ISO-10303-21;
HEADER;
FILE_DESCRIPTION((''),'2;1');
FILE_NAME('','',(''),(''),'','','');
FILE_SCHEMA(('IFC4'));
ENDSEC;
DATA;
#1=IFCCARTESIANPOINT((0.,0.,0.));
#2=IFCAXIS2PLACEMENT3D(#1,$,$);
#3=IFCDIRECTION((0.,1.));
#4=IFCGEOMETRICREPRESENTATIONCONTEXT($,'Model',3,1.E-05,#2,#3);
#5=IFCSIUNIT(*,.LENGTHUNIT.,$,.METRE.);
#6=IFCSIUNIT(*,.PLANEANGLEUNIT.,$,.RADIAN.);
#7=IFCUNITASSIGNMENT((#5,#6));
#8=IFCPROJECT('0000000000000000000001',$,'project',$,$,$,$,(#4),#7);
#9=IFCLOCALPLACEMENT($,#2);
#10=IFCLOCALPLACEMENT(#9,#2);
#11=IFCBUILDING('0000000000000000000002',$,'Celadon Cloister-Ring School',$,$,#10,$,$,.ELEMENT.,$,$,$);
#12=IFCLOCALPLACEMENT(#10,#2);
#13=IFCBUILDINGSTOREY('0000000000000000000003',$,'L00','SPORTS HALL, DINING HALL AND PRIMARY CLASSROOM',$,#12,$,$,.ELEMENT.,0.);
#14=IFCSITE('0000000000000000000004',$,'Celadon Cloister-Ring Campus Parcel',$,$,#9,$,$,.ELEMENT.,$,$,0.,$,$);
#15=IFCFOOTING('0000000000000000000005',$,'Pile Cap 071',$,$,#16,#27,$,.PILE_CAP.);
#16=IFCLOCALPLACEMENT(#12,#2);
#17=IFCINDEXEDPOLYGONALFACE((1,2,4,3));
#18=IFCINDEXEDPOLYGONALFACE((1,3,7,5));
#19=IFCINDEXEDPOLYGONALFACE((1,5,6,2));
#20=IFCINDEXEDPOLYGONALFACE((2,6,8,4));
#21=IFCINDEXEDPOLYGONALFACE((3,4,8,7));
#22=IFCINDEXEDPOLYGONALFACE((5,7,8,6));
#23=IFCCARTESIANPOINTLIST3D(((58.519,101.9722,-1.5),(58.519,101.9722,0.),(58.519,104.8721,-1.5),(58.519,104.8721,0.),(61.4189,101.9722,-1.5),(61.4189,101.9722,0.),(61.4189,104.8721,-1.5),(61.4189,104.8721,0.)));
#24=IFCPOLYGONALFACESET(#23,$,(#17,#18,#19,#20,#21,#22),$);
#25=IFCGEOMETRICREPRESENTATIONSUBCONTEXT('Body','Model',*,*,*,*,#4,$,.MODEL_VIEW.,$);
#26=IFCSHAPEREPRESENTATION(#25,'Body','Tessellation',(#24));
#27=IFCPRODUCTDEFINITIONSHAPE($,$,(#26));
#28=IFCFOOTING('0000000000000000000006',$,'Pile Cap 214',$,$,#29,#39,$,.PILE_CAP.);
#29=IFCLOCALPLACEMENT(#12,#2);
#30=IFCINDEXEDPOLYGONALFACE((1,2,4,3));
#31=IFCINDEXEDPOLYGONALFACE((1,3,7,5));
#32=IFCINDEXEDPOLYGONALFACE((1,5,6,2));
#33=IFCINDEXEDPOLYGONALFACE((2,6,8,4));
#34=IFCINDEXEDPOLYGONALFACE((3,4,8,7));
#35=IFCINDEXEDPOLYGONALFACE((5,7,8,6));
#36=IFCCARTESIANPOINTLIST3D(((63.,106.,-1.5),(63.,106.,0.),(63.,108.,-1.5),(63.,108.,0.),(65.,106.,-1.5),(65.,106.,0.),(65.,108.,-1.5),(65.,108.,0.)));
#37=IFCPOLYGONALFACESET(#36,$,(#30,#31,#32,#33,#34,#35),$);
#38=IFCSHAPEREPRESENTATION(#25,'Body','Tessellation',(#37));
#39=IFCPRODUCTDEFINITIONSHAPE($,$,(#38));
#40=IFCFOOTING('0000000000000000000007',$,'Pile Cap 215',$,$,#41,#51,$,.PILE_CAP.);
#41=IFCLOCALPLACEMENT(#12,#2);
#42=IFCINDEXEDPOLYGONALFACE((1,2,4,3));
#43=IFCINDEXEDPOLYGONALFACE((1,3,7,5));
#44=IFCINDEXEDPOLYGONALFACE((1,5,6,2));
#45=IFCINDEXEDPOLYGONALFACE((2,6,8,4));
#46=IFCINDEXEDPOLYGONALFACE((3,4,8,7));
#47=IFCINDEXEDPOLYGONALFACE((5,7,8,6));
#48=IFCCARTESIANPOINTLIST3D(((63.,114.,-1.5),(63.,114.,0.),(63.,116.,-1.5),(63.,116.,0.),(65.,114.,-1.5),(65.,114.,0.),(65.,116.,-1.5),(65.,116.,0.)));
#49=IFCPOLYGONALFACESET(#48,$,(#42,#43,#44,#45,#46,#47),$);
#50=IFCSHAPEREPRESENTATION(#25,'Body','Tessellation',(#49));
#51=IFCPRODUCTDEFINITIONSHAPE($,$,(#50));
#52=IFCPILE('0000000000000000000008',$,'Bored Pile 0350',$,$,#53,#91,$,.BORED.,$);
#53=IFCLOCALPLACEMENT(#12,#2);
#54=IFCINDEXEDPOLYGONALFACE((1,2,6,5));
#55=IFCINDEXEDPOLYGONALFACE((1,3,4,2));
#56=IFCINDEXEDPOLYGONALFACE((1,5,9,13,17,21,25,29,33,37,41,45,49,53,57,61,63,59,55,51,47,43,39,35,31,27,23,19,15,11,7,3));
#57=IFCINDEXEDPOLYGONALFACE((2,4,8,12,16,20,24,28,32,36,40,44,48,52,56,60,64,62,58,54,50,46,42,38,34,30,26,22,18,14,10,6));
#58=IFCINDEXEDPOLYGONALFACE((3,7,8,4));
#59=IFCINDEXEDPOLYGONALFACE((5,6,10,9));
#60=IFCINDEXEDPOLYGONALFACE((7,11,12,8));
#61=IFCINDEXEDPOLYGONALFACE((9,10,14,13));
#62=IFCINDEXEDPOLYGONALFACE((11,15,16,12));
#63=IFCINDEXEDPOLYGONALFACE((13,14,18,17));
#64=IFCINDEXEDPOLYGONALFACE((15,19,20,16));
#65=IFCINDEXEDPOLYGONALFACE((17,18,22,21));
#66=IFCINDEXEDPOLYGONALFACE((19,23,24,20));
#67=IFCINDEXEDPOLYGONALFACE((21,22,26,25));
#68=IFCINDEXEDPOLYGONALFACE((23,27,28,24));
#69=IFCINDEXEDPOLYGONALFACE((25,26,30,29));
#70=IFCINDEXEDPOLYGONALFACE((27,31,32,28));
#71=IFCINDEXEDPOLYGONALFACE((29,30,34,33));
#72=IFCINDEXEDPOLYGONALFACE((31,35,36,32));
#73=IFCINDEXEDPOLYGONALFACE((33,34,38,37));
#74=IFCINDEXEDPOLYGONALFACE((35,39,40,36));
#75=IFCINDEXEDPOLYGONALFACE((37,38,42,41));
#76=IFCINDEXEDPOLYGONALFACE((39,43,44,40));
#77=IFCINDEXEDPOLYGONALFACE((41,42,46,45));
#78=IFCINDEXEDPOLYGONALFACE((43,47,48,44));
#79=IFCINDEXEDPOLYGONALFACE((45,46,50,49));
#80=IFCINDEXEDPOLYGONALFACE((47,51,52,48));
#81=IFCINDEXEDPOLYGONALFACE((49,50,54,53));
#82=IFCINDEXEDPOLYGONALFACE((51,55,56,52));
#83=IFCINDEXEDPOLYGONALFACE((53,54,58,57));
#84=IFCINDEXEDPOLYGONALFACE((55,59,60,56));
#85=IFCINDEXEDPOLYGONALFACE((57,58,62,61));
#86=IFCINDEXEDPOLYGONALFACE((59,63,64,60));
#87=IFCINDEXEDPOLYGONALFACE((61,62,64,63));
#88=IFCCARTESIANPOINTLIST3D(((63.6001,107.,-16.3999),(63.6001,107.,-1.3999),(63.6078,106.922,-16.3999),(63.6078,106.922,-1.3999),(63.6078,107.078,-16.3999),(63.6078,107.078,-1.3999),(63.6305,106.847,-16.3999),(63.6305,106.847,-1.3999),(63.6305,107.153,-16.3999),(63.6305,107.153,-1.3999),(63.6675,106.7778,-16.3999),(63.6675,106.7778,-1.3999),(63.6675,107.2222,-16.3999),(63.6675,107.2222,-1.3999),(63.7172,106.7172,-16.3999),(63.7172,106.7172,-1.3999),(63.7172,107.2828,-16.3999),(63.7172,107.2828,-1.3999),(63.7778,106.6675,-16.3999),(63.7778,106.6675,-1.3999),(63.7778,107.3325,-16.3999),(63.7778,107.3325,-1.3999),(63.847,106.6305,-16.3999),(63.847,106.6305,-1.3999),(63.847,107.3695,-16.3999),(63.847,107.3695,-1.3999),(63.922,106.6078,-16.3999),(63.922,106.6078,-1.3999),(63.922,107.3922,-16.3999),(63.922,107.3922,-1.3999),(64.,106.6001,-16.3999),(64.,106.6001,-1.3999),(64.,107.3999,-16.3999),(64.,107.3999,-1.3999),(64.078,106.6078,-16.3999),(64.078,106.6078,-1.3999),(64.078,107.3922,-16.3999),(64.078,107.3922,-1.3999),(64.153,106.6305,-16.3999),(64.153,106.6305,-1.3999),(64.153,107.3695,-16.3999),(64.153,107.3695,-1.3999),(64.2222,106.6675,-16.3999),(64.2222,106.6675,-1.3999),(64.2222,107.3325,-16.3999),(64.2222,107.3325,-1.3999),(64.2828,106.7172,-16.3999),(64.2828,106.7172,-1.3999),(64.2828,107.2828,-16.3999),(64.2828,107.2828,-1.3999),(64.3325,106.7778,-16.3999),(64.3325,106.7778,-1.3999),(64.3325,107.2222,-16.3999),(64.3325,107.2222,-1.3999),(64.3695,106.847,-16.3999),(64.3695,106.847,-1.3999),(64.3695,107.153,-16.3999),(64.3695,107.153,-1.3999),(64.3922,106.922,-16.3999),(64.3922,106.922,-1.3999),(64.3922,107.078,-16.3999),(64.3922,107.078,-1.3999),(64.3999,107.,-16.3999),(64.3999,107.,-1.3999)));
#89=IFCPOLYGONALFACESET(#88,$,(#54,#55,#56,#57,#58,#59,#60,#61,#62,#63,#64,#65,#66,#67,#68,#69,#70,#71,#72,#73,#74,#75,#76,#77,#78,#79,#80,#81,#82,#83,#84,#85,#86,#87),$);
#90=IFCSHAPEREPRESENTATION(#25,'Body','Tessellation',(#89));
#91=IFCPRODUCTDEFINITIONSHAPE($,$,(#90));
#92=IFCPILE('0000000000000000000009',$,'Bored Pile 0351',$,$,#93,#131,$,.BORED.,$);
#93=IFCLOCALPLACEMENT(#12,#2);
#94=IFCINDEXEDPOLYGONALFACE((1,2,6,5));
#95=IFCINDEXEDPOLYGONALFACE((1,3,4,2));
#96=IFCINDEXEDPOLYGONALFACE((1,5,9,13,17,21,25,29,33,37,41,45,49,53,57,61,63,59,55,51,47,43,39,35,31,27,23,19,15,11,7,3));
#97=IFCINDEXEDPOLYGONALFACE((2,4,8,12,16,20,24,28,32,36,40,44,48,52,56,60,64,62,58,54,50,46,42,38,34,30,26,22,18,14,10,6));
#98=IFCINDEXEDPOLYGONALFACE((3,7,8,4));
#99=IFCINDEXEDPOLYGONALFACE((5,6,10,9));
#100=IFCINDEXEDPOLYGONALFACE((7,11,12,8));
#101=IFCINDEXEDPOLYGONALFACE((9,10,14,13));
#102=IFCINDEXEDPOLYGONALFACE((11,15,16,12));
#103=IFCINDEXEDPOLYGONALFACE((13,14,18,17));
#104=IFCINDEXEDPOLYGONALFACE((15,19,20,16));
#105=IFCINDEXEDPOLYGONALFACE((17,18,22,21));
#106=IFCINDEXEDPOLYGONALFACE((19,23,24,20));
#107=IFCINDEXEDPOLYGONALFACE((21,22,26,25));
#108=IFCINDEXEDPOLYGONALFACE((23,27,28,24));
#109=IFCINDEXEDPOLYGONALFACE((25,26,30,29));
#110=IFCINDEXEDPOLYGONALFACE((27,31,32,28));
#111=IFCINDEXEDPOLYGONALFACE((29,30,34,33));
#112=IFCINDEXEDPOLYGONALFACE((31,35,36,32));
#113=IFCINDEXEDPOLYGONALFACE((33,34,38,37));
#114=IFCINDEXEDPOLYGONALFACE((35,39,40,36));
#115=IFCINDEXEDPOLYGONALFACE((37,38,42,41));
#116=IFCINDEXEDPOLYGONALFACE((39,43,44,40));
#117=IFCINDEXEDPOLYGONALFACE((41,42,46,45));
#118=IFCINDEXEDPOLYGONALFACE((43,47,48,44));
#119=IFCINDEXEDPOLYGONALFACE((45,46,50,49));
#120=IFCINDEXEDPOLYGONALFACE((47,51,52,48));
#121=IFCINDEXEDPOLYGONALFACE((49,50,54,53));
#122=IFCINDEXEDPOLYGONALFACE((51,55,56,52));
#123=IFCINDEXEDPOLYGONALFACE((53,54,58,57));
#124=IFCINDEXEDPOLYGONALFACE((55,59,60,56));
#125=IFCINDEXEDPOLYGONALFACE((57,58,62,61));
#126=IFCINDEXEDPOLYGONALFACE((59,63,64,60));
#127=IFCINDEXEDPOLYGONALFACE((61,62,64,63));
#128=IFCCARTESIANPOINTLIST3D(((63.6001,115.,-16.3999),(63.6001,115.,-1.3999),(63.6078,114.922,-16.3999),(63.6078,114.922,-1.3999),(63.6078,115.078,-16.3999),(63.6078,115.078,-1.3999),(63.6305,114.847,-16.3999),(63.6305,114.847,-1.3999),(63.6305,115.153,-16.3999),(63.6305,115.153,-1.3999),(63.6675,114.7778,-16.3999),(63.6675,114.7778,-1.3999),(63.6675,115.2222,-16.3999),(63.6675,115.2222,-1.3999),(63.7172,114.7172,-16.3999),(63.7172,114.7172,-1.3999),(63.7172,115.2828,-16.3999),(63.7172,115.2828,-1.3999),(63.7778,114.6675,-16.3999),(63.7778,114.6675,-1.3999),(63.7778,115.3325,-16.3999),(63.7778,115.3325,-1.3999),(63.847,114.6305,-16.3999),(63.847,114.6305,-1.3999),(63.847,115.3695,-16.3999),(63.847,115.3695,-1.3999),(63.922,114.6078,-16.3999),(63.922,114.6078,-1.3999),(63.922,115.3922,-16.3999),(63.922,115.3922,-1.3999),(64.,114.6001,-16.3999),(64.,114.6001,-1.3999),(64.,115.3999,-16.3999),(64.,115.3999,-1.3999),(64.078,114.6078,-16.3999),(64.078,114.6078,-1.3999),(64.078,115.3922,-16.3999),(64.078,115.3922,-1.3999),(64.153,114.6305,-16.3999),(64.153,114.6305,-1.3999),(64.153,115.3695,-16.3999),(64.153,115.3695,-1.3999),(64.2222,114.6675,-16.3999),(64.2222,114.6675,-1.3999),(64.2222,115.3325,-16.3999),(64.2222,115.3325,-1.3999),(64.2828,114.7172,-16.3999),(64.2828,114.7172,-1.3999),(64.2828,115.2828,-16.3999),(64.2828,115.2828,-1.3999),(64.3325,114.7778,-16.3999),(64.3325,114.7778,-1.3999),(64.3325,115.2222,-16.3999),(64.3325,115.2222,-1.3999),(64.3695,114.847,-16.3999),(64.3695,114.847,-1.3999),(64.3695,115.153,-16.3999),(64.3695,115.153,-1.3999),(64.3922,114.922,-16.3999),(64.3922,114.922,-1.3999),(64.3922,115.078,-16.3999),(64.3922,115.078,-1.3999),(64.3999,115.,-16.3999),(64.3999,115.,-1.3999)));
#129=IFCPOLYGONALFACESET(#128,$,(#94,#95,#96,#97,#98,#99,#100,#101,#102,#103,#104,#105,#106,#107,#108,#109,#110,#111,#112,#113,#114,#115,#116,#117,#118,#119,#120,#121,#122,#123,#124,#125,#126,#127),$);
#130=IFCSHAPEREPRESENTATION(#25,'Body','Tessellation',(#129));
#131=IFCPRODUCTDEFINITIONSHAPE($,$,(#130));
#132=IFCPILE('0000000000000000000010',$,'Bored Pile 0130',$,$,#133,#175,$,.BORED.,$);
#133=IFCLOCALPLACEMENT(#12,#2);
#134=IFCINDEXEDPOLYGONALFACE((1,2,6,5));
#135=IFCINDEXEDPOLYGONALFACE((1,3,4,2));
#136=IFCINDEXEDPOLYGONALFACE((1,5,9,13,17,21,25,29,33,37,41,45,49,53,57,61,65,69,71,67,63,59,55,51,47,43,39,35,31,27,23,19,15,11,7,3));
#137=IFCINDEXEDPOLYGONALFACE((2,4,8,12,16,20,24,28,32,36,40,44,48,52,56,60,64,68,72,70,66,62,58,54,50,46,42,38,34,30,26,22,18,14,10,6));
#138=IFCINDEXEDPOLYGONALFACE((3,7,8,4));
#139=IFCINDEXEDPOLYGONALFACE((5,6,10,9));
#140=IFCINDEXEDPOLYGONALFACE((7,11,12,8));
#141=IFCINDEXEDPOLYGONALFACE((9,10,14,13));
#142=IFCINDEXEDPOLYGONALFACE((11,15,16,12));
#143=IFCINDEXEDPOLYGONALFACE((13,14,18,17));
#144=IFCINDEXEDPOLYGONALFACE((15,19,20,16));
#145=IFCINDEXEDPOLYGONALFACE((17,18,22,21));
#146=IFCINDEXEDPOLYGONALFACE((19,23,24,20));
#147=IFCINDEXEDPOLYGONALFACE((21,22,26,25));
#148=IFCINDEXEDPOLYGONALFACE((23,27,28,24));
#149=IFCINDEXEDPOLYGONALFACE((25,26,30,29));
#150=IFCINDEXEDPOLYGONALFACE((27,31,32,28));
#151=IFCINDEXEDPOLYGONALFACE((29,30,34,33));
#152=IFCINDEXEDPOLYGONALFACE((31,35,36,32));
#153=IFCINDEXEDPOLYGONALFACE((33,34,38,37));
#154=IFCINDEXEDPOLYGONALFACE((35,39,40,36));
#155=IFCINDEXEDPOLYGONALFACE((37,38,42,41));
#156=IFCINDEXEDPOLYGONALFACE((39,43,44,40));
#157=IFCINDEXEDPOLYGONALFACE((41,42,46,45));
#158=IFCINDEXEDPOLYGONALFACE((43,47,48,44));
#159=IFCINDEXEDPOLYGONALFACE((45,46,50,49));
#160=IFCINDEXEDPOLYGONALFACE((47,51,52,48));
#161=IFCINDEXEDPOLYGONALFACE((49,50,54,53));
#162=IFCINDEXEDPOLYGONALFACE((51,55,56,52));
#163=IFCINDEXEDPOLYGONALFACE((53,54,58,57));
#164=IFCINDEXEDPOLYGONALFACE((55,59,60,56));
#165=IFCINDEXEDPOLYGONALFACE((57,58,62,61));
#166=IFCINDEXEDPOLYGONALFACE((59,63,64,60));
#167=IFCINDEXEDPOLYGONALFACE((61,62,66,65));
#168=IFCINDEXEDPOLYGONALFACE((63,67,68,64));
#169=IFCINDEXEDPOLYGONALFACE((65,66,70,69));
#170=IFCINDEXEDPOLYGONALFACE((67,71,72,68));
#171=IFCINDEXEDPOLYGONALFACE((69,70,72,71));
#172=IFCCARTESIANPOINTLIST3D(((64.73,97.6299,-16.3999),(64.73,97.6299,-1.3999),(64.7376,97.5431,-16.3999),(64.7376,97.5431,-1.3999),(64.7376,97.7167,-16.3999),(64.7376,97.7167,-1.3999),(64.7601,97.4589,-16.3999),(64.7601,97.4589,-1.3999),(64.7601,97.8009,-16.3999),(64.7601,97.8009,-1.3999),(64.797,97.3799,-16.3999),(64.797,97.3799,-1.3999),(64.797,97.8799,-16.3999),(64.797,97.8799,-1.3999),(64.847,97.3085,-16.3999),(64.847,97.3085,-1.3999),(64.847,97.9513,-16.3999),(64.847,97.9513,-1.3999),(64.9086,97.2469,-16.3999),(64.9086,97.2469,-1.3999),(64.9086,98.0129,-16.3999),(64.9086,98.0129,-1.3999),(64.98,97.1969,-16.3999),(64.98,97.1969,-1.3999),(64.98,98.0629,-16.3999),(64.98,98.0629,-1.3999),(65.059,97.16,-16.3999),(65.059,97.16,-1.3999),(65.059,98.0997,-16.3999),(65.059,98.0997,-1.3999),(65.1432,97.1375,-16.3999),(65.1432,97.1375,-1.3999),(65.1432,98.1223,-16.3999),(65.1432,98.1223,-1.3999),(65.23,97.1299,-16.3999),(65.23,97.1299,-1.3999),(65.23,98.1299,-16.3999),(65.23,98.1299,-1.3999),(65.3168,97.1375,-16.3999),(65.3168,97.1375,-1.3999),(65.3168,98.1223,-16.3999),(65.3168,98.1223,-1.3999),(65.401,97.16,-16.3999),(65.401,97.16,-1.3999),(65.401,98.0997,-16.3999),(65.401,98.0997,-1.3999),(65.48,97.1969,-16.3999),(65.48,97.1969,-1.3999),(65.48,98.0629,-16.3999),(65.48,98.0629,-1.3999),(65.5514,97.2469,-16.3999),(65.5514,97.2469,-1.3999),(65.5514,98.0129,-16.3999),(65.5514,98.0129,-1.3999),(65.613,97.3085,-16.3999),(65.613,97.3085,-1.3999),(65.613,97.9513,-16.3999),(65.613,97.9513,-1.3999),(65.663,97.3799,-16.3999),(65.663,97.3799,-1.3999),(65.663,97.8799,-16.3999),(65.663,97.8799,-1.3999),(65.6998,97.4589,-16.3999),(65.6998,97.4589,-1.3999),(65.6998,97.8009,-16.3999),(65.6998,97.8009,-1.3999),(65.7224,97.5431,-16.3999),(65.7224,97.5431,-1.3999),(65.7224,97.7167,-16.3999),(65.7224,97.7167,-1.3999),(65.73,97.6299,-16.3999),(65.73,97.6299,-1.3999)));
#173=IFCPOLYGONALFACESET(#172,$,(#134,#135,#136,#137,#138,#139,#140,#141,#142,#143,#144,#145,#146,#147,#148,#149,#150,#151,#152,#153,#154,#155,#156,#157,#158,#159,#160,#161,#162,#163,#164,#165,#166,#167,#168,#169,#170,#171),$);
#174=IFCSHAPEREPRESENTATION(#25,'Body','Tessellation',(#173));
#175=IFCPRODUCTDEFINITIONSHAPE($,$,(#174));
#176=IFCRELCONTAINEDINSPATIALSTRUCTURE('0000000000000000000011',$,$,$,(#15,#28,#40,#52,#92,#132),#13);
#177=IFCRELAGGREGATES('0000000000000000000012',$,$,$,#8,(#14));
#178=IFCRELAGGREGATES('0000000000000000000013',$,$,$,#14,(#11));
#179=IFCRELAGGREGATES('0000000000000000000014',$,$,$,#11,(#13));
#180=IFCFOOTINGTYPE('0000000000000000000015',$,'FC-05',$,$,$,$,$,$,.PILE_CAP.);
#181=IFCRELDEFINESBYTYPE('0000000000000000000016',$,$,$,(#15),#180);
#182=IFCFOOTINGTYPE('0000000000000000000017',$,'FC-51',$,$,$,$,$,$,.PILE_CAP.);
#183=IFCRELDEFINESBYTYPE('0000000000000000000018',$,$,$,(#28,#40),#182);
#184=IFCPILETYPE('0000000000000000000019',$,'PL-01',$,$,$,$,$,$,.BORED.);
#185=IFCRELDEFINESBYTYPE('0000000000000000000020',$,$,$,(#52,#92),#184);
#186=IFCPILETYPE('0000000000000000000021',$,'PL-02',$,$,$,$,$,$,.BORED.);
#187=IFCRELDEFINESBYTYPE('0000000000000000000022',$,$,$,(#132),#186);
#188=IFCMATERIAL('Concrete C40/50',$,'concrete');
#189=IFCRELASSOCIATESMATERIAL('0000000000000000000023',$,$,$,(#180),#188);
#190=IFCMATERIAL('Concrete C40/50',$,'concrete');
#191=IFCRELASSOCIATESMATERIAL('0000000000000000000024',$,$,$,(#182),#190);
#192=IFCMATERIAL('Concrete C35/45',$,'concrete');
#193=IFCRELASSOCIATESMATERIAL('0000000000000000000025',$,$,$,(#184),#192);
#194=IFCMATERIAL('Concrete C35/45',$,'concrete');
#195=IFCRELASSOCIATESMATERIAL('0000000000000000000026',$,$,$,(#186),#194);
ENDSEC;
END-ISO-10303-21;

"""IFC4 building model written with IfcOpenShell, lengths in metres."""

from ifc_helpers import new_model, si_unit, direction, frame, origin, origin_2d, place, context, subcontext, project, spatial, rectangle, circle, extrude, material, material_profile, profile_set, type_object, element, save


model = new_model("IFC4")

# Units and contexts
model_context = context("Model", 3, precision=1e-05, world=origin(), true_north=direction((0.0, 1.0)))
body_context = subcontext(model_context, "Body", "Model", "MODEL_VIEW")
ifc_project = project(units=[si_unit("LENGTHUNIT", "METRE"), si_unit("PLANEANGLEUNIT", "RADIAN")], contexts=[model_context])

# Site, building, storey
site_placement = place(None, origin())
site = spatial("IfcSite", under=ifc_project, at=site_placement, Name="Celadon Cloister-Ring Campus Parcel", CompositionType="ELEMENT", RefElevation=0.0)
building_placement = place(site_placement, origin())
building = spatial("IfcBuilding", under=site, at=building_placement, Name="Celadon Cloister-Ring School", CompositionType="ELEMENT")
storey_placement = place(building_placement, origin())
storey = spatial("IfcBuildingStorey", under=building, at=storey_placement, Name="L00", Description="SPORTS HALL, DINING HALL AND PRIMARY CLASSROOM", CompositionType="ELEMENT", Elevation=0.0)

# Footings
ifc_material_1 = material(Name="Concrete C40/50", Category="concrete")
footing_type_1 = type_object("IfcFootingType", Name="FC-05", PredefinedType="PILE_CAP", material=ifc_material_1)
footing_placement = place(storey_placement, frame((59.969, 103.4221, -1.5), z_axis=(0.0, 0.0, 1.0), x_axis=(1.0, 0.0, 0.0)))
element("IfcFooting", 1, at=footing_placement, inside=storey, type_object=footing_type_1, Name="Pile Cap 071", PredefinedType="PILE_CAP", context=body_context, shape_type="SweptSolid", body=[
    extrude(rectangle(XDim=2.8999, YDim=2.8999, at=origin_2d()), origin(), (0.0, 0.0, 1.0), 1.5),
])
ifc_material_2 = material(Name="Concrete C40/50", Category="concrete")
footing_type_2 = type_object("IfcFootingType", Name="FC-51", PredefinedType="PILE_CAP", material=ifc_material_2)
for number, where, z_axis, x_axis, name in (
    (2, (64.0, 107.0, -1.5), (0.0, 0.0, 1.0), (1.0, 0.0, 0.0), "Pile Cap 214"),
    (3, (64.0, 115.0, -1.5), (0.0, 0.0, 1.0), (1.0, 0.0, 0.0), "Pile Cap 215"),
):
    element("IfcFooting", number, at=place(storey_placement, frame(where, z_axis=z_axis, x_axis=x_axis)), inside=storey, type_object=footing_type_2, Name=name, PredefinedType="PILE_CAP", context=body_context, shape_type="SweptSolid", body=[
        extrude(rectangle(XDim=2.0, YDim=2.0, at=origin_2d()), origin(), (0.0, 0.0, 1.0), 1.5),
    ])

# Piles
ifc_material_3 = material(Name="Concrete C35/45", Category="concrete")
ifc_material_profile_1 = material_profile(ifc_material_3, circle(Radius=0.3999, at=origin_2d()), Name="PILE800")
ifc_profile_set_1 = profile_set([ifc_material_profile_1], Name="Concrete C35/45")
pile_type_1 = type_object("IfcPileType", Name="PL-01", PredefinedType="BORED", material=ifc_profile_set_1)
for number, where, z_axis, x_axis, name in (
    (4, (64.0, 107.0, -1.3999), (0.0, 0.0, -1.0), (1.0, 0.0, 0.0), "Bored Pile 0350"),
    (5, (64.0, 115.0, -1.3999), (0.0, 0.0, -1.0), (1.0, 0.0, 0.0), "Bored Pile 0351"),
):
    element("IfcPile", number, at=place(storey_placement, frame(where, z_axis=z_axis, x_axis=x_axis)), inside=storey, type_object=pile_type_1, Name=name, PredefinedType="BORED", context=body_context, shape_type="SweptSolid", body=[
        extrude(circle(Radius=0.3999, at=origin_2d()), origin(), (0.0, 0.0, 1.0), 15.0),
    ])
ifc_material_4 = material(Name="Concrete C35/45", Category="concrete")
ifc_material_profile_2 = material_profile(ifc_material_4, circle(Radius=0.5, at=origin_2d()), Name="PILE1000")
ifc_profile_set_2 = profile_set([ifc_material_profile_2], Name="Concrete C35/45")
pile_type_2 = type_object("IfcPileType", Name="PL-02", PredefinedType="BORED", material=ifc_profile_set_2)
for number, where, z_axis, x_axis, name in (
    (6, (65.23, 97.6299, -1.3999), (0.0, 0.0, -1.0), (1.0, 0.0, 0.0), "Bored Pile 0130"),
):
    element("IfcPile", number, at=place(storey_placement, frame(where, z_axis=z_axis, x_axis=x_axis)), inside=storey, type_object=pile_type_2, Name=name, PredefinedType="BORED", context=body_context, shape_type="SweptSolid", body=[
        extrude(circle(Radius=0.5, at=origin_2d()), origin(), (0.0, 0.0, 1.0), 15.0),
    ])

save(model, "model.ifc")
